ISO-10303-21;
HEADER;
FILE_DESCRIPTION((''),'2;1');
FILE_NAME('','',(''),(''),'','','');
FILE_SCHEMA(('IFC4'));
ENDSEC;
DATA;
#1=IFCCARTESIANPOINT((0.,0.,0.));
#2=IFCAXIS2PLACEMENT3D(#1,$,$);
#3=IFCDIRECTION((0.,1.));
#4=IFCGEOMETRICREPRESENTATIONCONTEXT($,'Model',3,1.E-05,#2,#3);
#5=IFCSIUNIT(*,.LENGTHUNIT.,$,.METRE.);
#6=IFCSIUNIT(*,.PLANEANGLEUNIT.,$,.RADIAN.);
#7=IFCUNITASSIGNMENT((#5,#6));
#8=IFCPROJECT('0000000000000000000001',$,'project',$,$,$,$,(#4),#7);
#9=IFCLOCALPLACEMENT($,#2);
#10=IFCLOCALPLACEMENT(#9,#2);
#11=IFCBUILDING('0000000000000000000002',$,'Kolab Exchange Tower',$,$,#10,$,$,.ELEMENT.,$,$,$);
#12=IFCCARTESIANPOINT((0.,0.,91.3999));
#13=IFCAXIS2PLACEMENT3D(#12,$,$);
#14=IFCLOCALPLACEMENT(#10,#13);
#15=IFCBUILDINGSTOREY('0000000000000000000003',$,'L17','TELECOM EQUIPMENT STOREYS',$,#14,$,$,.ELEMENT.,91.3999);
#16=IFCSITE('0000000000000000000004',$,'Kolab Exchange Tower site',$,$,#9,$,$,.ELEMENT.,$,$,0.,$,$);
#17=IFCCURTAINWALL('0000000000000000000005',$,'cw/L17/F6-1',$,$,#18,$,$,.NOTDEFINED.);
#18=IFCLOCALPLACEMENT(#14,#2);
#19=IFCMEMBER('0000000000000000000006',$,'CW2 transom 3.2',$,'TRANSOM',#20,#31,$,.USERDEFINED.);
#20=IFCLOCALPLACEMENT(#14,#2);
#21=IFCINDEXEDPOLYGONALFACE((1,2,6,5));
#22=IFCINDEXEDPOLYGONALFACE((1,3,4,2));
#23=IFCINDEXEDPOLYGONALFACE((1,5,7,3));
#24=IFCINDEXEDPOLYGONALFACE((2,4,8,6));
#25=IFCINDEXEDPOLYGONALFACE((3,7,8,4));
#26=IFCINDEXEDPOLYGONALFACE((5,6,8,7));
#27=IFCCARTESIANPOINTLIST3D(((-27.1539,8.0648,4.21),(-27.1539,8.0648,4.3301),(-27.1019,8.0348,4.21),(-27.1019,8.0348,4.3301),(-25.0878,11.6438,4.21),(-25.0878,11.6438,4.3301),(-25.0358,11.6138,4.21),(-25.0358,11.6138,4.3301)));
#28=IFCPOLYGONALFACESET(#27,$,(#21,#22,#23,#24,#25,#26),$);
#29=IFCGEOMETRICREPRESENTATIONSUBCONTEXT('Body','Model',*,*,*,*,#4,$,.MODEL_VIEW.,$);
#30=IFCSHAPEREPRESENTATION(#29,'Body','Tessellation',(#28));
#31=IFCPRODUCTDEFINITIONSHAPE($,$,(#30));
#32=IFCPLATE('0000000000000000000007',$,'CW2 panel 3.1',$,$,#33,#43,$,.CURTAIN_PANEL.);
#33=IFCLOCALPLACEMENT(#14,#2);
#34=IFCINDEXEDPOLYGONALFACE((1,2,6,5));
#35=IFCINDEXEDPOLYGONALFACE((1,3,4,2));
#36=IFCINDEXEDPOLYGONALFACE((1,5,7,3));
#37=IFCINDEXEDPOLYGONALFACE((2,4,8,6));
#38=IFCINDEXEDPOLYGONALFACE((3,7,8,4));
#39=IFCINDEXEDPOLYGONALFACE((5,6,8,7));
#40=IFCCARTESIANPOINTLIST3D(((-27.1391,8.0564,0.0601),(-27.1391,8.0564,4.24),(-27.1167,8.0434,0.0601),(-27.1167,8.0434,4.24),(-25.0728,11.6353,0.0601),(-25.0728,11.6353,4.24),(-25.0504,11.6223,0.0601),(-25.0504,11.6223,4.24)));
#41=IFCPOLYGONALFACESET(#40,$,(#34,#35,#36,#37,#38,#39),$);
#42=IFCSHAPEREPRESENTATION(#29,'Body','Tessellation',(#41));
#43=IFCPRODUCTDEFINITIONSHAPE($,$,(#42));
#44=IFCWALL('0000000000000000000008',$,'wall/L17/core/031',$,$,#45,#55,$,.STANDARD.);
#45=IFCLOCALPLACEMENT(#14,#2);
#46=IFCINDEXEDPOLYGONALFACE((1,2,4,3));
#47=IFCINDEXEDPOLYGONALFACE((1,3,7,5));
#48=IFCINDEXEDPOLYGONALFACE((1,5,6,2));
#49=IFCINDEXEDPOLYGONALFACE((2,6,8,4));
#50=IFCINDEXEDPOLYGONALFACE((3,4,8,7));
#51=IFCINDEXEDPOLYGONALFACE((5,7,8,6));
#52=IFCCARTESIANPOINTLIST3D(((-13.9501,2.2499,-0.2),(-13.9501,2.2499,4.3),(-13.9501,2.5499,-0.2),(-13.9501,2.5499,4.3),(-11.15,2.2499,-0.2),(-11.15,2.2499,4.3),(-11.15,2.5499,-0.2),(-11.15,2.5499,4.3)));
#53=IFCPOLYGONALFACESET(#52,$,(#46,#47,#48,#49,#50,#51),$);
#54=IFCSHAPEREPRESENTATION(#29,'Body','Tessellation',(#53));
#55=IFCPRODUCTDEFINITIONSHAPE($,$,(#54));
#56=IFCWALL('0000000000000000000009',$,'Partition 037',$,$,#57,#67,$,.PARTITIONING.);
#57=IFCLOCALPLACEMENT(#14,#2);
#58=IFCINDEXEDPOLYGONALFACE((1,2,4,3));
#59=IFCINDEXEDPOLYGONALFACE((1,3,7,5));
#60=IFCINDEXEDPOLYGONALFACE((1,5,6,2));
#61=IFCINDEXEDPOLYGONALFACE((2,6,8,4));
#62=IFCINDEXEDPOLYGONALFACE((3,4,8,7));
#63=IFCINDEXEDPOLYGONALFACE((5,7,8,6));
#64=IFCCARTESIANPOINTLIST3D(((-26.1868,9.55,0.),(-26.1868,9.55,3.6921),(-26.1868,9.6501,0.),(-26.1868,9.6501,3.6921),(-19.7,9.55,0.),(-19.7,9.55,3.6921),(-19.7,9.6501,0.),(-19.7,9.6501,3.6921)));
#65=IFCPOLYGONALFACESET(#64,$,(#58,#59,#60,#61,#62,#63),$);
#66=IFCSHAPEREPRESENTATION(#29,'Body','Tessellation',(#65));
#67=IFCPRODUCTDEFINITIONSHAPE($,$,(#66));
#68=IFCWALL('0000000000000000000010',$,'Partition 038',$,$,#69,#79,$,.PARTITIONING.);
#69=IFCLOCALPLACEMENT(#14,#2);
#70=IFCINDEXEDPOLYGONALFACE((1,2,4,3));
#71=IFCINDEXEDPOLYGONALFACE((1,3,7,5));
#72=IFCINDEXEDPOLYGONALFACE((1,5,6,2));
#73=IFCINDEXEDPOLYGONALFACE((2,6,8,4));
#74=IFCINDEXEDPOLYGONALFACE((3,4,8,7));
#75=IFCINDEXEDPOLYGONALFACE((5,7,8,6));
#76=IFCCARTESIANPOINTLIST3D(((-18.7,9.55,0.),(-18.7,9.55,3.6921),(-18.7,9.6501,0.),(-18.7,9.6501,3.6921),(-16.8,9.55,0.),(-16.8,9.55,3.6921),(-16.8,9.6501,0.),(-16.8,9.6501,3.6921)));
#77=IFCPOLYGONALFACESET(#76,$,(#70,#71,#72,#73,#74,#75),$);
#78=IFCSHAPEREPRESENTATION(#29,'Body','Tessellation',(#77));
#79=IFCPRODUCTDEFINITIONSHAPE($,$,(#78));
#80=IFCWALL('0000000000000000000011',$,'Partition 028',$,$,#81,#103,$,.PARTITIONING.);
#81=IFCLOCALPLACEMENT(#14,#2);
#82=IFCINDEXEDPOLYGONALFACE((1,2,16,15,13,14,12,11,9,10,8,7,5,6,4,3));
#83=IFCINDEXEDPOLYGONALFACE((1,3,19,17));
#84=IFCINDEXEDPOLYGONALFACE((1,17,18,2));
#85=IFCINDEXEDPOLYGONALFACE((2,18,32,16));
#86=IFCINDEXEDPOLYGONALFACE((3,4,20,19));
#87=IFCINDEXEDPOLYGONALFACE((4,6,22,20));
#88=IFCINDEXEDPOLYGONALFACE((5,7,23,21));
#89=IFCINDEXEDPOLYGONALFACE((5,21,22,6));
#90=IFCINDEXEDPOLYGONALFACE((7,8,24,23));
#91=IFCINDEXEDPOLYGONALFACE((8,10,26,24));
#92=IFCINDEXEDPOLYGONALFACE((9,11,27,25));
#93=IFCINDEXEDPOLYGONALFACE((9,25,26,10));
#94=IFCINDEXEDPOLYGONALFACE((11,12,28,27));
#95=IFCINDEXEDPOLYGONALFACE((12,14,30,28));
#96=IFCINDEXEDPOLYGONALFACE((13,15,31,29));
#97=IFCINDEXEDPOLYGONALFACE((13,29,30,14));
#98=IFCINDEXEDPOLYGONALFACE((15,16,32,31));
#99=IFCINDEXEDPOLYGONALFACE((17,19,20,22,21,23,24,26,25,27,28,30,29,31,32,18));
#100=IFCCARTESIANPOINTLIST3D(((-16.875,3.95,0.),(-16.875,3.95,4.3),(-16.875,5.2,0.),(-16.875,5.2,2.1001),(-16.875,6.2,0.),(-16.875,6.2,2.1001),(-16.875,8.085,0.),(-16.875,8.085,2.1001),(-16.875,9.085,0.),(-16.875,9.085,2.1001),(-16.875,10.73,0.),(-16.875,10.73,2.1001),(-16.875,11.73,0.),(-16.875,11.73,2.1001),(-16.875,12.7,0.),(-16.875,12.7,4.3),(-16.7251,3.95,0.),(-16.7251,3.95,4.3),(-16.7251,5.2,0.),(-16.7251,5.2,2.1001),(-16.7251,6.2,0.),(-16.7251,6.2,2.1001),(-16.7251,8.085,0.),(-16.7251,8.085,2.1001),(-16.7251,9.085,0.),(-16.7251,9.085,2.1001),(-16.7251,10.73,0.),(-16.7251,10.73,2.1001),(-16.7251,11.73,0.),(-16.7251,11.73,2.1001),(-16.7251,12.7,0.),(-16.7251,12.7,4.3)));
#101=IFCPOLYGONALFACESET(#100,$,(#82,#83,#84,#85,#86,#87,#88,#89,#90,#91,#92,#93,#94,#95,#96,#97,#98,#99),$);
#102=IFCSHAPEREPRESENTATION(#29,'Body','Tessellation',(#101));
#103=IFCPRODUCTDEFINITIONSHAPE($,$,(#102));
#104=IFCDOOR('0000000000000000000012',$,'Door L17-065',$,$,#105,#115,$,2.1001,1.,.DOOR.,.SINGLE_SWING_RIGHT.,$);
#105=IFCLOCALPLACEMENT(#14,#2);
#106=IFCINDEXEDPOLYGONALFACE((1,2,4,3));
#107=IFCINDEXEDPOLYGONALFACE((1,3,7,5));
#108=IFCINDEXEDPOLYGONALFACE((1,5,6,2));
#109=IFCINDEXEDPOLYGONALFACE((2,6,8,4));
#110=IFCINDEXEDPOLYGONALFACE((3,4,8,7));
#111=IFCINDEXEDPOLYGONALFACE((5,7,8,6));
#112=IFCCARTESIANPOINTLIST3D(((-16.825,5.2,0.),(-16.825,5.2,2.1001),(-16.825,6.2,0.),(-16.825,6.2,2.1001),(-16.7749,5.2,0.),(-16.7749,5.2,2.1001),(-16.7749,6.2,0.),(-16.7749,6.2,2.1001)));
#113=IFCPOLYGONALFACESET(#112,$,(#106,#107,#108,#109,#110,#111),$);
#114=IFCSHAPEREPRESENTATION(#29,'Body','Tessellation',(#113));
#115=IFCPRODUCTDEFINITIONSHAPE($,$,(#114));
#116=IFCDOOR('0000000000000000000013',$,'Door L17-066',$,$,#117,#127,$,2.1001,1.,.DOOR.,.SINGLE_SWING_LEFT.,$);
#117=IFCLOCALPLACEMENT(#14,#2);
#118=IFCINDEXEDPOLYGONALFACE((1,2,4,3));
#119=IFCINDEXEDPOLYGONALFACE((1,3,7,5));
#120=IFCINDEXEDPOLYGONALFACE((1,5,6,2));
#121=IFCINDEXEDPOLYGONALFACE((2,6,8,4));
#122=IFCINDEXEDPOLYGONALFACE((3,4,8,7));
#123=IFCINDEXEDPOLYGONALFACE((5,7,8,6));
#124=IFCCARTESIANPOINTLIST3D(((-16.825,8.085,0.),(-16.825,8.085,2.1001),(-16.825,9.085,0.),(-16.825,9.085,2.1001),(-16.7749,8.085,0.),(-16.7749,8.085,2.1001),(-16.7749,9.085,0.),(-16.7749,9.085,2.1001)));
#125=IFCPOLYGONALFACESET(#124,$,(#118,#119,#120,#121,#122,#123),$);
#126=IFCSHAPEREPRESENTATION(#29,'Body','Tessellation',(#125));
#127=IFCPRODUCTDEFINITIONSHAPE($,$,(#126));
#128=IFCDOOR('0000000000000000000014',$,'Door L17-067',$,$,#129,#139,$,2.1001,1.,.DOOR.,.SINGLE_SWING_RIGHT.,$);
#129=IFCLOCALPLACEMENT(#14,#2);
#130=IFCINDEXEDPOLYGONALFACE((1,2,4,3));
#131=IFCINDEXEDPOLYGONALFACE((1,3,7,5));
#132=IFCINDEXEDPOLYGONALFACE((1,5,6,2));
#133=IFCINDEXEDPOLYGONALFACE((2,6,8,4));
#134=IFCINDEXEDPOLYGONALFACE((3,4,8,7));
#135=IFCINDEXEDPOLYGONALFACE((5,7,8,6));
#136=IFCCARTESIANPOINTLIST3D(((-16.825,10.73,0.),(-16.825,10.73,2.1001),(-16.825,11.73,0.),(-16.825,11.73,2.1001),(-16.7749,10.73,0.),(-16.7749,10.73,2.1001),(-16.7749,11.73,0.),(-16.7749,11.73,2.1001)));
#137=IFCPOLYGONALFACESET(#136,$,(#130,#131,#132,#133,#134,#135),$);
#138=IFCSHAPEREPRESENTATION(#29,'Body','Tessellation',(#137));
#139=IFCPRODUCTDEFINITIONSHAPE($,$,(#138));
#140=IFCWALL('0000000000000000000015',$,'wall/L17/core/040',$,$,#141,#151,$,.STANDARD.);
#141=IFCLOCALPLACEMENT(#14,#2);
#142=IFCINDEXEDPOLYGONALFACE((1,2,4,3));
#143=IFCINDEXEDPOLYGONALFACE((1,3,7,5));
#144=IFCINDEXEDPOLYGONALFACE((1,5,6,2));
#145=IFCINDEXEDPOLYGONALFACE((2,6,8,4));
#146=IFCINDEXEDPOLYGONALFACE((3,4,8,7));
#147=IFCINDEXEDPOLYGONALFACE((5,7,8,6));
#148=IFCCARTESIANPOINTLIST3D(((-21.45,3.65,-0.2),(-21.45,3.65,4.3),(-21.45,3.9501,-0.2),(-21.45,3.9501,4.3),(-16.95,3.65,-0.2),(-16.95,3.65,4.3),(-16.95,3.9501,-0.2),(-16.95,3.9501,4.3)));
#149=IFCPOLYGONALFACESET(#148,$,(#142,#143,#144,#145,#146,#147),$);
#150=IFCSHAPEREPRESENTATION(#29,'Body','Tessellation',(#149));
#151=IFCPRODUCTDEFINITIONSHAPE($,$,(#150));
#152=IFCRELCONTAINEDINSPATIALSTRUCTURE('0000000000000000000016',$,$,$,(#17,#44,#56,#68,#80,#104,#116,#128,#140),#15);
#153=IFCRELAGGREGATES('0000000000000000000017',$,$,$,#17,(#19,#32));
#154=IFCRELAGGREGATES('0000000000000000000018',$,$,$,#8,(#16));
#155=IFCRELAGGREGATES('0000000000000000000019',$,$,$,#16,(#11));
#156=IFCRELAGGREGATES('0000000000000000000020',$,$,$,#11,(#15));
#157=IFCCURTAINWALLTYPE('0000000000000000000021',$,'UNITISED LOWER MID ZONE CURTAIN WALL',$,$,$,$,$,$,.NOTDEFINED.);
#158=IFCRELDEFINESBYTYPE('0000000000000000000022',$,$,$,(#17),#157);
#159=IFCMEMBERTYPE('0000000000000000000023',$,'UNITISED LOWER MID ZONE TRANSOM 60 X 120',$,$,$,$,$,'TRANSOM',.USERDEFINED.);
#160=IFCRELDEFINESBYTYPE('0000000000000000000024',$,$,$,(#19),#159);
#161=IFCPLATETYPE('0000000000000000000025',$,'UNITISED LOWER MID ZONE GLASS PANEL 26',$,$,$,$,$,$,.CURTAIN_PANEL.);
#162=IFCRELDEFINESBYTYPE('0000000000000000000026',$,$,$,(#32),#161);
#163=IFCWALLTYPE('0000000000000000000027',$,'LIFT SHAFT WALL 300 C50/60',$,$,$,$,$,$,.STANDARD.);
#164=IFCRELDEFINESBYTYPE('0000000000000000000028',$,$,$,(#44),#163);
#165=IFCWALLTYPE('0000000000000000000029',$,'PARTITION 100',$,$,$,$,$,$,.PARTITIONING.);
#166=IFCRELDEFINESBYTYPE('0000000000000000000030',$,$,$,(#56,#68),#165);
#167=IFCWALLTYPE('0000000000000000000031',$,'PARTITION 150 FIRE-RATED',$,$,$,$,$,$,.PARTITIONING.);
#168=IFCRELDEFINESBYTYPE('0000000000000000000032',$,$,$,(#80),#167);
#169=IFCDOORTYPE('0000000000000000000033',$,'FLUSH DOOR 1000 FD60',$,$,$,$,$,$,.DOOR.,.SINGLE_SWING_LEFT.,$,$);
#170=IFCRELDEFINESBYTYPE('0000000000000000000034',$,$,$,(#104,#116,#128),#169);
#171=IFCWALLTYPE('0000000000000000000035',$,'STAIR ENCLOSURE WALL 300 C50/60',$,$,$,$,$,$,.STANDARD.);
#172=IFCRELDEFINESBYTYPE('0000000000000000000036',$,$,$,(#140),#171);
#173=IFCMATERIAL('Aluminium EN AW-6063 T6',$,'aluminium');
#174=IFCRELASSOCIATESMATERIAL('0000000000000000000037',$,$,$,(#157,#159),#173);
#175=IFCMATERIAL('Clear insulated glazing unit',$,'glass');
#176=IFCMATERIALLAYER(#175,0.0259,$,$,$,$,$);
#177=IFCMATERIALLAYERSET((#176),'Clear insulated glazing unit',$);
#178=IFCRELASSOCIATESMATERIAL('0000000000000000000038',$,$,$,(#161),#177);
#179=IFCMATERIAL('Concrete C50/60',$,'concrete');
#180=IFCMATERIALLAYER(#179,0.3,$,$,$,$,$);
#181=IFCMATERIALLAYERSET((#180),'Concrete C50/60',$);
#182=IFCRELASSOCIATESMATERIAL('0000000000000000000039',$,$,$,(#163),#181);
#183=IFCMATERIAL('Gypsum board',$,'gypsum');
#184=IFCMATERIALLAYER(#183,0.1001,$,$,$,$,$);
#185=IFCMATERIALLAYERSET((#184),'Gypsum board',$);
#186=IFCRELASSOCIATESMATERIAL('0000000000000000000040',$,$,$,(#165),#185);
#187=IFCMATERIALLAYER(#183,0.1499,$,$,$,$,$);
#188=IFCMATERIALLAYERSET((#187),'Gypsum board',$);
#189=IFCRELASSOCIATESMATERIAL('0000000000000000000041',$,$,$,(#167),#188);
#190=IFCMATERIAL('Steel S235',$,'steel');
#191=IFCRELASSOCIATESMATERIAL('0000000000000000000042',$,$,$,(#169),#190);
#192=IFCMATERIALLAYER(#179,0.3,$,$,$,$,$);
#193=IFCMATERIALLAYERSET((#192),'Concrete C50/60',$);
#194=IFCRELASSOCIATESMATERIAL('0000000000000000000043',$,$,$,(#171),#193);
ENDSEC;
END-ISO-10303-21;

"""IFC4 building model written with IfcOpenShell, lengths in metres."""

from ifc_helpers import new_model, si_unit, direction, frame, frame_2d, origin, origin_2d, place, context, subcontext, project, spatial, rectangle, extrude, material, layer, layer_set, material_profile, profile_set, type_object, element, fill, aggregate, save


model = new_model("IFC4")

# Units and contexts
model_context = context("Model", 3, precision=1e-05, world=origin(), true_north=direction((0.0, 1.0)))
body_context = subcontext(model_context, "Body", "Model", "MODEL_VIEW")
ifc_project = project(units=[si_unit("LENGTHUNIT", "METRE"), si_unit("PLANEANGLEUNIT", "RADIAN")], contexts=[model_context])

# Site, building, storey
site_placement = place(None, origin())
site = spatial("IfcSite", under=ifc_project, at=site_placement, Name="Kolab Exchange Tower site", CompositionType="ELEMENT", RefElevation=0.0)
building_placement = place(site_placement, origin())
building = spatial("IfcBuilding", under=site, at=building_placement, Name="Kolab Exchange Tower", CompositionType="ELEMENT")
storey_placement = place(building_placement, frame((0.0, 0.0, 91.3999)))
storey = spatial("IfcBuildingStorey", under=building, at=storey_placement, Name="L17", Description="TELECOM EQUIPMENT STOREYS", CompositionType="ELEMENT", Elevation=91.3999)

# Curtain wall, member, plate
ifc_material_1 = material(Name="Aluminium EN AW-6063 T6", Category="aluminium")
curtain_wall_type = type_object("IfcCurtainWallType", Name="UNITISED LOWER MID ZONE CURTAIN WALL", PredefinedType="NOTDEFINED", material=ifc_material_1)
curtain_wall_placement = place(storey_placement, origin())
curtain_wall = element("IfcCurtainWall", 1, at=curtain_wall_placement, inside=storey, type_object=curtain_wall_type, Name="cw/L17/F6-1", PredefinedType="NOTDEFINED")
ifc_material_profile_1 = material_profile(ifc_material_1, rectangle(XDim=0.0601, YDim=0.1201, at=origin_2d()), Name="RECT 60X120")
ifc_profile_set_1 = profile_set([ifc_material_profile_1], Name="Aluminium EN AW-6063 T6")
member_type_1 = type_object("IfcMemberType", Name="UNITISED LOWER MID ZONE TRANSOM 60 X 120", ElementType="TRANSOM", PredefinedType="USERDEFINED", material=ifc_profile_set_1)
member_1_placement = place(storey_placement, frame((-27.1279, 8.0498, 4.27), z_axis=(0.499958, 0.86605, 0.0), x_axis=(-0.86605, 0.499958, 0.0)))
member_1 = element("IfcMember", 2, at=member_1_placement, type_object=member_type_1, Name="CW2 transom 3.2", ObjectType="TRANSOM", PredefinedType="USERDEFINED", context=body_context, shape_type="SweptSolid", body=[
    extrude(rectangle(XDim=0.0601, YDim=0.1201, at=origin_2d()), origin(), (0.0, 0.0, 1.0), 4.1326),
])
ifc_material_2 = material(Name="Clear insulated glazing unit", Category="glass")
ifc_layer_1 = layer(ifc_material_2, 0.0259)
ifc_layer_set_1 = layer_set([ifc_layer_1], Name="Clear insulated glazing unit")
plate_type = type_object("IfcPlateType", Name="UNITISED LOWER MID ZONE GLASS PANEL 26", PredefinedType="CURTAIN_PANEL", material=ifc_layer_set_1)
plate_placement = place(storey_placement, frame((-26.0947, 9.8394, 0.0601), z_axis=(0.0, 0.0, 1.0), x_axis=(0.5, 0.866025, 0.0)))
plate = element("IfcPlate", 3, at=plate_placement, type_object=plate_type, Name="CW2 panel 3.1", PredefinedType="CURTAIN_PANEL", context=body_context, shape_type="SweptSolid", body=[
    extrude(rectangle(XDim=4.1326, YDim=0.0259, at=origin_2d()), origin(), (0.0, 0.0, 1.0), 4.1799),
])
aggregate(curtain_wall, [member_1, plate])

# Walls
ifc_material_3 = material(Name="Concrete C50/60", Category="concrete")
ifc_layer_2 = layer(ifc_material_3, 0.3)
ifc_layer_set_2 = layer_set([ifc_layer_2], Name="Concrete C50/60")
wall_type_1 = type_object("IfcWallType", Name="LIFT SHAFT WALL 300 C50/60", PredefinedType="STANDARD", material=ifc_layer_set_2)
wall_1_placement = place(storey_placement, frame((-13.95, 2.3999, -0.2), z_axis=(0.0, 0.0, 1.0), x_axis=(1.0, 0.0, 0.0)))
element("IfcWall", 4, at=wall_1_placement, inside=storey, type_object=wall_type_1, Name="wall/L17/core/031", PredefinedType="STANDARD", context=body_context, shape_type="SweptSolid", body=[
    extrude(rectangle(XDim=2.8, YDim=0.3, at=frame_2d((1.3999, 0.0))), origin(), (0.0, 0.0, 1.0), 4.5),
])
ifc_material_4 = material(Name="Gypsum board", Category="gypsum")
ifc_layer_3 = layer(ifc_material_4, 0.1001)
ifc_layer_set_3 = layer_set([ifc_layer_3], Name="Gypsum board")
wall_type_2 = type_object("IfcWallType", Name="PARTITION 100", PredefinedType="PARTITIONING", material=ifc_layer_set_3)
wall_2_placement = place(storey_placement, frame((-26.1868, 9.6001, 0.0), z_axis=(0.0, 0.0, 1.0), x_axis=(1.0, 0.0, 0.0)))
element("IfcWall", 5, at=wall_2_placement, inside=storey, type_object=wall_type_2, Name="Partition 037", PredefinedType="PARTITIONING", context=body_context, shape_type="SweptSolid", body=[
    extrude(rectangle(XDim=6.4868, YDim=0.1001, at=frame_2d((3.2434, 0.0))), origin(), (0.0, 0.0, 1.0), 3.6921),
])
wall_3_placement = place(storey_placement, frame((-18.7, 9.6001, 0.0), z_axis=(0.0, 0.0, 1.0), x_axis=(1.0, 0.0, 0.0)))
element("IfcWall", 6, at=wall_3_placement, inside=storey, type_object=wall_type_2, Name="Partition 038", PredefinedType="PARTITIONING", context=body_context, shape_type="SweptSolid", body=[
    extrude(rectangle(XDim=1.8999, YDim=0.1001, at=frame_2d((0.95, 0.0))), origin(), (0.0, 0.0, 1.0), 3.6921),
])

# Wall, openings, doors
ifc_layer_4 = layer(ifc_material_4, 0.1499)
ifc_layer_set_4 = layer_set([ifc_layer_4], Name="Gypsum board")
wall_type_3 = type_object("IfcWallType", Name="PARTITION 150 FIRE-RATED", PredefinedType="PARTITIONING", material=ifc_layer_set_4)
wall_4_placement = place(storey_placement, frame((-16.8, 3.95, 0.0), z_axis=(0.0, 0.0, 1.0), x_axis=(0.0, 1.0, 0.0)))
wall_4 = element("IfcWall", 7, at=wall_4_placement, inside=storey, type_object=wall_type_3, Name="Partition 028", PredefinedType="PARTITIONING", context=body_context, shape_type="SweptSolid", body=[
    extrude(rectangle(XDim=8.75, YDim=0.1499, at=frame_2d((4.375, 0.0))), origin(), (0.0, 0.0, 1.0), 4.3),
])
opening_1_placement = place(wall_4_placement, frame((1.25, 0.0, 0.0)))
opening_1 = element("IfcOpeningElement", 8, at=opening_1_placement, cuts=wall_4, PredefinedType="OPENING", context=body_context, shape_type="SweptSolid", body=[
    extrude(rectangle(XDim=1.0, YDim=2.1001, at=frame_2d((0.5, 1.05))), frame((0.0, 0.085, 0.0), z_axis=(0.0, -1.0, 0.0), x_axis=(1.0, 0.0, 0.0)), (0.0, 0.0, 1.0), 0.1699),
])
opening_2_placement = place(wall_4_placement, frame((4.135, 0.0, 0.0)))
opening_2 = element("IfcOpeningElement", 9, at=opening_2_placement, cuts=wall_4, PredefinedType="OPENING", context=body_context, shape_type="SweptSolid", body=[
    extrude(rectangle(XDim=1.0, YDim=2.1001, at=frame_2d((0.5, 1.05))), frame((0.0, 0.085, 0.0), z_axis=(0.0, -1.0, 0.0), x_axis=(1.0, 0.0, 0.0)), (0.0, 0.0, 1.0), 0.1699),
])
opening_3_placement = place(wall_4_placement, frame((6.78, 0.0, 0.0)))
opening_3 = element("IfcOpeningElement", 10, at=opening_3_placement, cuts=wall_4, PredefinedType="OPENING", context=body_context, shape_type="SweptSolid", body=[
    extrude(rectangle(XDim=1.0, YDim=2.1001, at=frame_2d((0.5, 1.05))), frame((0.0, 0.085, 0.0), z_axis=(0.0, -1.0, 0.0), x_axis=(1.0, 0.0, 0.0)), (0.0, 0.0, 1.0), 0.1699),
])
ifc_material_5 = material(Name="Steel S235", Category="steel")
door_type = type_object("IfcDoorType", Name="FLUSH DOOR 1000 FD60", OperationType="SINGLE_SWING_LEFT", PredefinedType="DOOR", material=ifc_material_5)
door_1_placement = place(opening_1_placement, origin())
door_1 = element("IfcDoor", 11, at=door_1_placement, inside=storey, type_object=door_type, Name="Door L17-065", OperationType="SINGLE_SWING_RIGHT", OverallHeight=2.1001, OverallWidth=1.0, PredefinedType="DOOR", context=body_context, shape_type="SweptSolid", body=[
    extrude(rectangle(XDim=1.0, YDim=2.1001, at=frame_2d((0.5, 1.05))), frame((0.0, 0.0249, 0.0), z_axis=(0.0, -1.0, 0.0), x_axis=(1.0, 0.0, 0.0)), (0.0, 0.0, 1.0), 0.05),
])
fill(opening_1, door_1)
door_2_placement = place(opening_2_placement, origin())
door_2 = element("IfcDoor", 12, at=door_2_placement, inside=storey, type_object=door_type, Name="Door L17-066", OperationType="SINGLE_SWING_LEFT", OverallHeight=2.1001, OverallWidth=1.0, PredefinedType="DOOR", context=body_context, shape_type="SweptSolid", body=[
    extrude(rectangle(XDim=1.0, YDim=2.1001, at=frame_2d((0.5, 1.05))), frame((0.0, 0.0249, 0.0), z_axis=(0.0, -1.0, 0.0), x_axis=(1.0, 0.0, 0.0)), (0.0, 0.0, 1.0), 0.05),
])
fill(opening_2, door_2)
door_3_placement = place(opening_3_placement, origin())
door_3 = element("IfcDoor", 13, at=door_3_placement, inside=storey, type_object=door_type, Name="Door L17-067", OperationType="SINGLE_SWING_RIGHT", OverallHeight=2.1001, OverallWidth=1.0, PredefinedType="DOOR", context=body_context, shape_type="SweptSolid", body=[
    extrude(rectangle(XDim=1.0, YDim=2.1001, at=frame_2d((0.5, 1.05))), frame((0.0, 0.0249, 0.0), z_axis=(0.0, -1.0, 0.0), x_axis=(1.0, 0.0, 0.0)), (0.0, 0.0, 1.0), 0.05),
])
fill(opening_3, door_3)

# Wall
ifc_layer_5 = layer(ifc_material_3, 0.3)
ifc_layer_set_5 = layer_set([ifc_layer_5], Name="Concrete C50/60")
wall_type_4 = type_object("IfcWallType", Name="STAIR ENCLOSURE WALL 300 C50/60", PredefinedType="STANDARD", material=ifc_layer_set_5)
wall_5_placement = place(storey_placement, frame((-21.45, 3.8, -0.2), z_axis=(0.0, 0.0, 1.0), x_axis=(1.0, 0.0, 0.0)))
element("IfcWall", 14, at=wall_5_placement, inside=storey, type_object=wall_type_4, Name="wall/L17/core/040", PredefinedType="STANDARD", context=body_context, shape_type="SweptSolid", body=[
    extrude(rectangle(XDim=4.5, YDim=0.3, at=frame_2d((2.25, 0.0))), origin(), (0.0, 0.0, 1.0), 4.5),
])

save(model, "model.ifc")
